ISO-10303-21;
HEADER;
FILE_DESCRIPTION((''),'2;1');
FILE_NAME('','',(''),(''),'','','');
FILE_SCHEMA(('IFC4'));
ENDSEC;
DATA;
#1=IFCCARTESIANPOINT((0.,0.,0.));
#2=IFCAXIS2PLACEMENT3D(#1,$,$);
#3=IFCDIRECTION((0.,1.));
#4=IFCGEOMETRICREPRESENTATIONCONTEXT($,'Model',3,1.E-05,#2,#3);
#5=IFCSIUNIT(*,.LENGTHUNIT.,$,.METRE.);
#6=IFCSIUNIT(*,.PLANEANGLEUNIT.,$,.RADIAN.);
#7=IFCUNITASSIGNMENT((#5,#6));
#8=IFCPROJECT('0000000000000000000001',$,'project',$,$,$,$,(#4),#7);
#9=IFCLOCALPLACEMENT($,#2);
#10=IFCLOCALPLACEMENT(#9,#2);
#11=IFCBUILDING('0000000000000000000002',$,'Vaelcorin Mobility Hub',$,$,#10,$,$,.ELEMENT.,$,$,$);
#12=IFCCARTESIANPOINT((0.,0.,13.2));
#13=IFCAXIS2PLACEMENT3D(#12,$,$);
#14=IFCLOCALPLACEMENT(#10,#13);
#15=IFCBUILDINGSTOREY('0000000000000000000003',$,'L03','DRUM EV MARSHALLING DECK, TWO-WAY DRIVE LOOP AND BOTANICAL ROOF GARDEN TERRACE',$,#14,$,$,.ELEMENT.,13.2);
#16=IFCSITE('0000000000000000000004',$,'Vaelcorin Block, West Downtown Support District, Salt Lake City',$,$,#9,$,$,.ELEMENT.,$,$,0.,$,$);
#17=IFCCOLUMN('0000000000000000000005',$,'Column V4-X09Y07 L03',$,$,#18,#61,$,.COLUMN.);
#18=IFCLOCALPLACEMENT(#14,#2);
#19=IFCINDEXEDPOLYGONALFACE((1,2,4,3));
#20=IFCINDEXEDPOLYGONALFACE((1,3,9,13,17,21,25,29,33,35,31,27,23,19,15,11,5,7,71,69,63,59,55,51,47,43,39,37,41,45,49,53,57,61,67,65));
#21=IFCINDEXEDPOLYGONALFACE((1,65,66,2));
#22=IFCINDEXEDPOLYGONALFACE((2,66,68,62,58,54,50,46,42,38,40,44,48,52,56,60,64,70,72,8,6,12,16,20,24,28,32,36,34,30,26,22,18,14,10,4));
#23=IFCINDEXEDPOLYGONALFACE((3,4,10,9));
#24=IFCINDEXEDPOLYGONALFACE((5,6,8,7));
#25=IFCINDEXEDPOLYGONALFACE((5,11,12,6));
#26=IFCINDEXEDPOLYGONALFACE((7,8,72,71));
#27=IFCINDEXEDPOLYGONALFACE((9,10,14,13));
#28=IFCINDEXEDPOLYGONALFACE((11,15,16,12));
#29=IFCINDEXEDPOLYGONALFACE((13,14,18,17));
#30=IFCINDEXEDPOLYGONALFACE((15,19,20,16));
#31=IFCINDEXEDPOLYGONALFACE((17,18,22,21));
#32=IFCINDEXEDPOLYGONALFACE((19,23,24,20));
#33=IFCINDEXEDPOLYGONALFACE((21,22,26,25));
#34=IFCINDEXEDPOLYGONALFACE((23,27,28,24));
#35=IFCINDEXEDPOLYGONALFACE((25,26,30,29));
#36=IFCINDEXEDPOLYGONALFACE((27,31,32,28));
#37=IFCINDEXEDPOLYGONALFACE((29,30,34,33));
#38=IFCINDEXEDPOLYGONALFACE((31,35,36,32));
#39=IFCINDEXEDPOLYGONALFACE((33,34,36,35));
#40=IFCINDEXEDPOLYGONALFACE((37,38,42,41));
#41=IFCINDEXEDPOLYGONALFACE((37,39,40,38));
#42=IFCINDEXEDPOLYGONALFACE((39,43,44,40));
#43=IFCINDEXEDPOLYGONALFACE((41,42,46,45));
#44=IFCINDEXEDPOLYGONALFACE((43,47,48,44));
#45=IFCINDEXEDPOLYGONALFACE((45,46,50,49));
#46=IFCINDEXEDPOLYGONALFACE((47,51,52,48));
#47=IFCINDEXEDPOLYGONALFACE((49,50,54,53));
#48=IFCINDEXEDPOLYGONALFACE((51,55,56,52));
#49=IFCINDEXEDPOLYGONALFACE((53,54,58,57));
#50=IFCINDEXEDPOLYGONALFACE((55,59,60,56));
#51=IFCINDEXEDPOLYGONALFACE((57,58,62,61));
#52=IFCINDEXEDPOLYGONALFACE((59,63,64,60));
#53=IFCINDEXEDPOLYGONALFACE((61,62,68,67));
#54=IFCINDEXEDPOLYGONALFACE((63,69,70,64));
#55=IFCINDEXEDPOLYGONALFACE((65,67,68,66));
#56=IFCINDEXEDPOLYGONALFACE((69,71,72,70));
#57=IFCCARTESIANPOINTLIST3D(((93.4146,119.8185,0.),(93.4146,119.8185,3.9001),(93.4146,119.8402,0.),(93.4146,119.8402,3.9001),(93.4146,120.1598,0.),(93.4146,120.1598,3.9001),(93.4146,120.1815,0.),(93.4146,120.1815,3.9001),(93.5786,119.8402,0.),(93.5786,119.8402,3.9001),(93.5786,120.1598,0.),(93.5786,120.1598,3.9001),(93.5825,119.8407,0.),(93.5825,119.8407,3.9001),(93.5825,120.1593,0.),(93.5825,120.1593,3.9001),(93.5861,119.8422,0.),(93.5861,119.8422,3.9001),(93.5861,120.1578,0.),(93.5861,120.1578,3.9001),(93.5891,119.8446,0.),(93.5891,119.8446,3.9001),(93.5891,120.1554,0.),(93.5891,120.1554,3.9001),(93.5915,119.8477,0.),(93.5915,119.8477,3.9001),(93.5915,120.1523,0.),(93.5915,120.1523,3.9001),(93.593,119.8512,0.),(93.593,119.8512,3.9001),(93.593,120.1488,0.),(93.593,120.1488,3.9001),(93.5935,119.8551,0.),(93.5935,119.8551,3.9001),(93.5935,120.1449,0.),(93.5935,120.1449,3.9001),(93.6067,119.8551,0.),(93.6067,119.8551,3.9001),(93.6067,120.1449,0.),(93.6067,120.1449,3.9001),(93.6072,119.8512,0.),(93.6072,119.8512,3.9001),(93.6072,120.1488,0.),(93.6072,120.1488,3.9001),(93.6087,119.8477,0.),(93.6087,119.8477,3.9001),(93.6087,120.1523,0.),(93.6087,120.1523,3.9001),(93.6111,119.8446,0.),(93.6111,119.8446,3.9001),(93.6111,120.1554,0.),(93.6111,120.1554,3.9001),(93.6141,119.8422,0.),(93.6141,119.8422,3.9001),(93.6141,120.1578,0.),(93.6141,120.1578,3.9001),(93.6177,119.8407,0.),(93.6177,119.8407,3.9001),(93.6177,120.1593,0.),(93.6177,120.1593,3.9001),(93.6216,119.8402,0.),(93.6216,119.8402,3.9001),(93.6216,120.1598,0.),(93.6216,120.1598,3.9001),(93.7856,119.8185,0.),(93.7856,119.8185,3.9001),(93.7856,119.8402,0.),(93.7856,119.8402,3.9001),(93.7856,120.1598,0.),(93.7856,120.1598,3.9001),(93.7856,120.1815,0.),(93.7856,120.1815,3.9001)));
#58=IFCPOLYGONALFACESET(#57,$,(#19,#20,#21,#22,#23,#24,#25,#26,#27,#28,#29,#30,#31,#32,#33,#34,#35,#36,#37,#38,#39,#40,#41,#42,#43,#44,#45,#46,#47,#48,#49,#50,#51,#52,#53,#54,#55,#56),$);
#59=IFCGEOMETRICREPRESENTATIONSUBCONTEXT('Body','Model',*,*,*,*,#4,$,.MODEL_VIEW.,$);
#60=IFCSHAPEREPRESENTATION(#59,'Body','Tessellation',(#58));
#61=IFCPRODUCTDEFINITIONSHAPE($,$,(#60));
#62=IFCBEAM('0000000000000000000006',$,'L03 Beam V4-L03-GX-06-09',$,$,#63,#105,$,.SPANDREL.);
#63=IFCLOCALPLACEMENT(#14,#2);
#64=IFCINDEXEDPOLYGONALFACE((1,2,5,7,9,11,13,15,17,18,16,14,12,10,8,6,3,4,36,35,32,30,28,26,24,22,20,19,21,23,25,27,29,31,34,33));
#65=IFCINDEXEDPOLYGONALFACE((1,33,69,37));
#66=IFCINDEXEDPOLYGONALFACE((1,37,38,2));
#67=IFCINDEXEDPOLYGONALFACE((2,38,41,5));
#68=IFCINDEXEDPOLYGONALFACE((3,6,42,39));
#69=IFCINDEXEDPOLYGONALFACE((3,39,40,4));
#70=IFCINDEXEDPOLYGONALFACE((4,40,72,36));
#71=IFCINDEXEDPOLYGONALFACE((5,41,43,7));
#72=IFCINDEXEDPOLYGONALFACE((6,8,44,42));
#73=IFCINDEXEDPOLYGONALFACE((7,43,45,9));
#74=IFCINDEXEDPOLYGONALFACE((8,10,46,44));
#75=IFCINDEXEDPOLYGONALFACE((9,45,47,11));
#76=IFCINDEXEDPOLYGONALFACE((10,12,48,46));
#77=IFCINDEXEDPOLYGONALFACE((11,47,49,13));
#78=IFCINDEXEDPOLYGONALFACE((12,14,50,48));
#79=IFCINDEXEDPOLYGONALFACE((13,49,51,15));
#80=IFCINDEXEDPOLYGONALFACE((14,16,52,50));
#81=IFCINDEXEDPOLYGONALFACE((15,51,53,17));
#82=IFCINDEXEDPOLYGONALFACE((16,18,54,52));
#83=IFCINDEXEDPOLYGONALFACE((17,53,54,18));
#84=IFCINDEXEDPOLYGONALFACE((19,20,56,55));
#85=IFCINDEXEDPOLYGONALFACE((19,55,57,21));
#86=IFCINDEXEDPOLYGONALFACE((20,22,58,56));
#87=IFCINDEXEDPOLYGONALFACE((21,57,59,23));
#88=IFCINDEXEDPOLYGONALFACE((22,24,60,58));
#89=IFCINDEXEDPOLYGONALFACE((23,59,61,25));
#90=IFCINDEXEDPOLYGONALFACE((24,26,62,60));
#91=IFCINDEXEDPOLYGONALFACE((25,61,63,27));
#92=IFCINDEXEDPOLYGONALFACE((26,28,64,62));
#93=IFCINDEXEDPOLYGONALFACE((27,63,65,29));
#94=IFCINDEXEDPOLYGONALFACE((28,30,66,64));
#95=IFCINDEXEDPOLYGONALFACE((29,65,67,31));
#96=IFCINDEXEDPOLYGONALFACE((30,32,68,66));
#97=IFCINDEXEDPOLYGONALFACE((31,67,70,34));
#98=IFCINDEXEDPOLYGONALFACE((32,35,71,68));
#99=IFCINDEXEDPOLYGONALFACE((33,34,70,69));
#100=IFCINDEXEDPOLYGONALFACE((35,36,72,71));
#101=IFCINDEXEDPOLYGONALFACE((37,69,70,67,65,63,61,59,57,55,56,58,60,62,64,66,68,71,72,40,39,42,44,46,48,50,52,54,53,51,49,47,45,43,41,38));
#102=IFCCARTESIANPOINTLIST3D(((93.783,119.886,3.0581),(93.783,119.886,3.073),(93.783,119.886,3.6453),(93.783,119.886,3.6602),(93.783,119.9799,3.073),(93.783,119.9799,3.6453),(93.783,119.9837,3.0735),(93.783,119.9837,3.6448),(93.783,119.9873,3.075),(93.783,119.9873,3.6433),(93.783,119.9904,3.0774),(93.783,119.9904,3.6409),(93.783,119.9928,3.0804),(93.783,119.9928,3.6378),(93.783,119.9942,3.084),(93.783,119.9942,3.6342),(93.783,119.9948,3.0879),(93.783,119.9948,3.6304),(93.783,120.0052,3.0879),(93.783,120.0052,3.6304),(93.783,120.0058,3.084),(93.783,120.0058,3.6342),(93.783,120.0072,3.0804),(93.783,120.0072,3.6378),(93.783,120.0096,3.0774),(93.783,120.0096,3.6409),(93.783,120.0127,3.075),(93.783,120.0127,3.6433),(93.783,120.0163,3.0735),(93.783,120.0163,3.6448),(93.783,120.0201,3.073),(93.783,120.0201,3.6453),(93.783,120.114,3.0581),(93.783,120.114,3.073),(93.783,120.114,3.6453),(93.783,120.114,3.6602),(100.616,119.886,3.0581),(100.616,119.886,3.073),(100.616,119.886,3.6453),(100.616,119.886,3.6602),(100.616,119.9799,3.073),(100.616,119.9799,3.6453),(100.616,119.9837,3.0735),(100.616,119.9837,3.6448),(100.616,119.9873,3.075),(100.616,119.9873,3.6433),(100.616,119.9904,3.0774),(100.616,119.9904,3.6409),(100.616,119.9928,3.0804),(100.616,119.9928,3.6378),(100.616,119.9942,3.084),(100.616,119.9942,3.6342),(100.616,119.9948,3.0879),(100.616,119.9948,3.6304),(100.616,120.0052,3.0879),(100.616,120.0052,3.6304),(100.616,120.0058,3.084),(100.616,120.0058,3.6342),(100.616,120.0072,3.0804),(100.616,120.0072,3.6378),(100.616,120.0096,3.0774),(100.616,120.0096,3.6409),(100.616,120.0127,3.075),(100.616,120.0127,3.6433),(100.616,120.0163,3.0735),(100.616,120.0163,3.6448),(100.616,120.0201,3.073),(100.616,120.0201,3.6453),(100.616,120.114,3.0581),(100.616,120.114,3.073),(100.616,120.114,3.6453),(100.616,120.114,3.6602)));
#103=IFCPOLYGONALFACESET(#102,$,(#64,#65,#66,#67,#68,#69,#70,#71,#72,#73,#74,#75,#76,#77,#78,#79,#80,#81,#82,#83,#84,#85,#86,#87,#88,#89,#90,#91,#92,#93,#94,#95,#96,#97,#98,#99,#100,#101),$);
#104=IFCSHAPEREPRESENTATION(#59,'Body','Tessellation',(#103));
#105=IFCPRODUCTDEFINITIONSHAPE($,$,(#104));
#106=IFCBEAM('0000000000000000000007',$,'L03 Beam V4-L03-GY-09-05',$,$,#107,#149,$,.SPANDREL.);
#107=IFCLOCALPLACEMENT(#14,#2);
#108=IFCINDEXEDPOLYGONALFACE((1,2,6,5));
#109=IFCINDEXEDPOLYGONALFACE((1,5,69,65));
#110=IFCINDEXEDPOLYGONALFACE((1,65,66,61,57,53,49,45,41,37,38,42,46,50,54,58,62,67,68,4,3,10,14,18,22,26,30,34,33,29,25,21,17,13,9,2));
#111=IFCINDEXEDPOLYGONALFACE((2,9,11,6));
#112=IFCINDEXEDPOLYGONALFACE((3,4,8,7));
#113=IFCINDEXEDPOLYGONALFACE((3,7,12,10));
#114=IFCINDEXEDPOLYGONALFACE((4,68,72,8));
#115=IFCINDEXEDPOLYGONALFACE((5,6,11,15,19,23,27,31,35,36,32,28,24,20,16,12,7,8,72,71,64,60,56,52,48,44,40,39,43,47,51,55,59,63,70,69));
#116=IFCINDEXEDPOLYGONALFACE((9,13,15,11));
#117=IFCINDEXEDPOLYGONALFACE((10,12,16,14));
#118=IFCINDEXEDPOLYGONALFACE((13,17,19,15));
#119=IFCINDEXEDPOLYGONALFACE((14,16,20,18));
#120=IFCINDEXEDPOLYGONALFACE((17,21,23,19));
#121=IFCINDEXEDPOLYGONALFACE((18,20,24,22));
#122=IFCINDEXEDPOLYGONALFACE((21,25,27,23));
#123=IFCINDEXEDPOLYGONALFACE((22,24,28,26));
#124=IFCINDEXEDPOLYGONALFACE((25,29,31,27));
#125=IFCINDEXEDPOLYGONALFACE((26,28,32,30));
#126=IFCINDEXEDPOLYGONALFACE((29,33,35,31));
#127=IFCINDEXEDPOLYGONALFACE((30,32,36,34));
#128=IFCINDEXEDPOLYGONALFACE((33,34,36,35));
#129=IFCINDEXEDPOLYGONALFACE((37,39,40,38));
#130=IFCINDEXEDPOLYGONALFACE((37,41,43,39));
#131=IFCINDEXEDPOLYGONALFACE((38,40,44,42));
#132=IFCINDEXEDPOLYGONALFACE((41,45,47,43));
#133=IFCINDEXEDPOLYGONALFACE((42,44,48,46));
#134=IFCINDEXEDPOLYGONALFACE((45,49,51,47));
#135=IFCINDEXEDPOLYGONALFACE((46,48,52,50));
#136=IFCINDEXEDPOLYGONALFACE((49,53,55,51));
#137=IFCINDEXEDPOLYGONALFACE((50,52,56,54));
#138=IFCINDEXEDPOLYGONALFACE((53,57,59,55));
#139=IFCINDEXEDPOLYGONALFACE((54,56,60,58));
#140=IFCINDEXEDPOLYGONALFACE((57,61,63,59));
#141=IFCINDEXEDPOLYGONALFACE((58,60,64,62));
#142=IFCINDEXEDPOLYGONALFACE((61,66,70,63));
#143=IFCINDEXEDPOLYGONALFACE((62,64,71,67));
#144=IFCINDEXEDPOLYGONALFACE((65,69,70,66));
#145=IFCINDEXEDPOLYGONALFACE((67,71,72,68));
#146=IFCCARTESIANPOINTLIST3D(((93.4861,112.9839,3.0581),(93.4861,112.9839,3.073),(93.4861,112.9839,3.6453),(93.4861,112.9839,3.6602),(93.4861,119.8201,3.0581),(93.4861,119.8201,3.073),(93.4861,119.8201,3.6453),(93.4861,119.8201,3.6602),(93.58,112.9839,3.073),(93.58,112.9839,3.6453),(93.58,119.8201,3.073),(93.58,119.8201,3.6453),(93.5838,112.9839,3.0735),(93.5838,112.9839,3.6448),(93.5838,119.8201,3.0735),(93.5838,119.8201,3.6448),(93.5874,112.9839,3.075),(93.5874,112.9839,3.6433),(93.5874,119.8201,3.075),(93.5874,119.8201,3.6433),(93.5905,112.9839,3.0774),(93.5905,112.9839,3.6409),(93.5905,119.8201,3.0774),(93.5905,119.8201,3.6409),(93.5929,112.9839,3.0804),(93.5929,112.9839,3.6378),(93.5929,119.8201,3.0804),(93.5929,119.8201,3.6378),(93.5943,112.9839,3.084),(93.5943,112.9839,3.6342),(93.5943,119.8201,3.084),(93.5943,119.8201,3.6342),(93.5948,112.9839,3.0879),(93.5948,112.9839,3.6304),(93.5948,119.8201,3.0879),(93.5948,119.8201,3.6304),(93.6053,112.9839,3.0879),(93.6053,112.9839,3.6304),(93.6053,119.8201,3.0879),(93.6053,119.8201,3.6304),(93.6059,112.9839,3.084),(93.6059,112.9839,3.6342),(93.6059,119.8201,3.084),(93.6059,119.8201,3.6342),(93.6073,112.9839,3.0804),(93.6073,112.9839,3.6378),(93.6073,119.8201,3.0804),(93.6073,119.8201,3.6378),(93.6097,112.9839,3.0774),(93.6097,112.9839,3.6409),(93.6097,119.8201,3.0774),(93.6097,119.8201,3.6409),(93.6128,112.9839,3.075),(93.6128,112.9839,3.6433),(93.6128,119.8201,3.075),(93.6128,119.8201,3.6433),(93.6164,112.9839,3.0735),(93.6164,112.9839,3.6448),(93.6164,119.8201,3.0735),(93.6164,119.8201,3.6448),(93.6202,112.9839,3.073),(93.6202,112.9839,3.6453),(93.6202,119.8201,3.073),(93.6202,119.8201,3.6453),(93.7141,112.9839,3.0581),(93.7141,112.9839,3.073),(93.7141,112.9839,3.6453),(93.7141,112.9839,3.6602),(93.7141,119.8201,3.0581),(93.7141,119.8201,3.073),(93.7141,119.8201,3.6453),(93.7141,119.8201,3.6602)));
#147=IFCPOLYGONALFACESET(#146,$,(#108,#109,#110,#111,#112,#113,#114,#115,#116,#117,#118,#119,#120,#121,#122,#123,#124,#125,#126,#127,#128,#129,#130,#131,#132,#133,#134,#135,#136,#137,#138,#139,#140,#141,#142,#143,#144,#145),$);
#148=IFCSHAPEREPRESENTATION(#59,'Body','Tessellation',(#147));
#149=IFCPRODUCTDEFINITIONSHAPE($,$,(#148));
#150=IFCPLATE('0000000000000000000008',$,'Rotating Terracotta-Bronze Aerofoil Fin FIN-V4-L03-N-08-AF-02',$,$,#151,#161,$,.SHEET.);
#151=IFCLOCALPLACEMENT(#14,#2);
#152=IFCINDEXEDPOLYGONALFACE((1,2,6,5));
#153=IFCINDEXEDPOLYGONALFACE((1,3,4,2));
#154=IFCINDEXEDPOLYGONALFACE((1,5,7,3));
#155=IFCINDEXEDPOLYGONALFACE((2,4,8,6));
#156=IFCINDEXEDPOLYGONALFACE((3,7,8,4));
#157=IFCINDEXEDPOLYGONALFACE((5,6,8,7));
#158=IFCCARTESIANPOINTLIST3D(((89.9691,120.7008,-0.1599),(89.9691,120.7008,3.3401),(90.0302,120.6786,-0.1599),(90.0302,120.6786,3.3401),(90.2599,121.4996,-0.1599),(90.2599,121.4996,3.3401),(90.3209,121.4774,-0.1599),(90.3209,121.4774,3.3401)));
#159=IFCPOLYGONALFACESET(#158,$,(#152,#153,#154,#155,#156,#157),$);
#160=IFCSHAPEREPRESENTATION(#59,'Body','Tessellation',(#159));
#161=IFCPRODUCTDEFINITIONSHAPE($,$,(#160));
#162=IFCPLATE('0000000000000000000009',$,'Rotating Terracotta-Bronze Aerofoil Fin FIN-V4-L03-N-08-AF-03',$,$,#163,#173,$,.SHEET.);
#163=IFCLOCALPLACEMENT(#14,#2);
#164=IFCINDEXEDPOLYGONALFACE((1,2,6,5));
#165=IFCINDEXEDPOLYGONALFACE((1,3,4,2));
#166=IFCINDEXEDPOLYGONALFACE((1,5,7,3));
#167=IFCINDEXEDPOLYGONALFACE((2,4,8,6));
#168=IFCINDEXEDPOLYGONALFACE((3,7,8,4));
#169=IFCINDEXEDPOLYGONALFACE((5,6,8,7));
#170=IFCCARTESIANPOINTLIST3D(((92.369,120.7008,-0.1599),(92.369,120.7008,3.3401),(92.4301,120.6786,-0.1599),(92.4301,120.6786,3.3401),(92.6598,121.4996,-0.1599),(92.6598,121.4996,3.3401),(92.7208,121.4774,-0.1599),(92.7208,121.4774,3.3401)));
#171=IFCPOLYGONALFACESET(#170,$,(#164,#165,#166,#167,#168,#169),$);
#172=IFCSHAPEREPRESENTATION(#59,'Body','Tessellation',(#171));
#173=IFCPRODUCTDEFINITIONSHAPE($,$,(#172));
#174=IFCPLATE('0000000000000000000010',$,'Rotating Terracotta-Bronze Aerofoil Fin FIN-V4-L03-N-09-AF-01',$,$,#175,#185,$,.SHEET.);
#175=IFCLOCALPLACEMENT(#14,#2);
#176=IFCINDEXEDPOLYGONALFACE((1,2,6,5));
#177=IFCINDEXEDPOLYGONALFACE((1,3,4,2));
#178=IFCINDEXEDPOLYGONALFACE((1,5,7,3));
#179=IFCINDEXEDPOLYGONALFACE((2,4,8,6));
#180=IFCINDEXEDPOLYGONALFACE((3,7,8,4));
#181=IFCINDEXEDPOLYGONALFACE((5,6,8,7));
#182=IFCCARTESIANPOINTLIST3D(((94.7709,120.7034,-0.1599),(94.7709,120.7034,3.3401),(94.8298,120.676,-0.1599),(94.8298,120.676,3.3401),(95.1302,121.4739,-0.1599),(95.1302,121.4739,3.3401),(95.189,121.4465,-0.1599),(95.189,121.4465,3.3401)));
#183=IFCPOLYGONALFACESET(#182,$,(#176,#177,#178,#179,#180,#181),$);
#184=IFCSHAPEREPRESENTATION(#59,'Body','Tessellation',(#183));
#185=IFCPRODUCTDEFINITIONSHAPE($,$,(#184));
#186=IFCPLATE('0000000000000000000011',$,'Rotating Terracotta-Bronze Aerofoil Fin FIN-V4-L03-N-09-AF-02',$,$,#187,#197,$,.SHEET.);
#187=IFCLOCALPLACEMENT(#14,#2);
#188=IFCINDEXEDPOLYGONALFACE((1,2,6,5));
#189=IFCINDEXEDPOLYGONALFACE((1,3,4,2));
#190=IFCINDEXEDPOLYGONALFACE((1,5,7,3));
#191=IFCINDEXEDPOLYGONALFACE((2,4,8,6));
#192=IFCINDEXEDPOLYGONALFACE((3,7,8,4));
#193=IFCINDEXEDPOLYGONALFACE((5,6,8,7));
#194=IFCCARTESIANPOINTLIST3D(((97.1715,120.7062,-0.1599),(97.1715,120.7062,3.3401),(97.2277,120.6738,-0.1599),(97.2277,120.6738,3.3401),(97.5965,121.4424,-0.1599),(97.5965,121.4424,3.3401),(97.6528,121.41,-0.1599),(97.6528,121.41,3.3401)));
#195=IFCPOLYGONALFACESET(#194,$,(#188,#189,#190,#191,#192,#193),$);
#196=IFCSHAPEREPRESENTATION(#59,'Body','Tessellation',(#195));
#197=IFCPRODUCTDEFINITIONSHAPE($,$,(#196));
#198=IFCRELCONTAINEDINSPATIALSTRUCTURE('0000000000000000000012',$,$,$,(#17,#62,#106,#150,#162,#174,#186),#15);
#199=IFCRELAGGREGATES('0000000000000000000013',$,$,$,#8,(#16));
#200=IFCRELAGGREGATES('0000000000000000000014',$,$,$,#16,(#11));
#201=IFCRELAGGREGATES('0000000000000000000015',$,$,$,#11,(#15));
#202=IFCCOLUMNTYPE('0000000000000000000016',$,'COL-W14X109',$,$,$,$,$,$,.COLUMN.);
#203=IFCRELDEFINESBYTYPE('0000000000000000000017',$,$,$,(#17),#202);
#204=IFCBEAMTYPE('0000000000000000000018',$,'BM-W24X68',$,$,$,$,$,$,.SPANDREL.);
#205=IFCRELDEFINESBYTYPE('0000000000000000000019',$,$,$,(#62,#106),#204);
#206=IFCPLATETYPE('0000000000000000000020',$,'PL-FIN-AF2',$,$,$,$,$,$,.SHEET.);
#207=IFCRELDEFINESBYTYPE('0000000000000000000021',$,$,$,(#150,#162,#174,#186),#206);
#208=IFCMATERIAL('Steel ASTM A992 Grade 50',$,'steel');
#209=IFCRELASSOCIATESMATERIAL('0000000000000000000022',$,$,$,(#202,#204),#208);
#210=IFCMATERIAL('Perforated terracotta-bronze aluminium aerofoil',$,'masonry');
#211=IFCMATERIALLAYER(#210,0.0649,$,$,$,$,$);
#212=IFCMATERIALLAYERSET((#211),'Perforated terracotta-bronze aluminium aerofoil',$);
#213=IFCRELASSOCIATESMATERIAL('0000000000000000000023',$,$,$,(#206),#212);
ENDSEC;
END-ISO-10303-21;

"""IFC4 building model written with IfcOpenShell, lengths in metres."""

from ifc_helpers import new_model, si_unit, direction, frame, origin, origin_2d, place, context, subcontext, project, spatial, rectangle, i_section, extrude, material, layer, layer_set, material_profile, profile_set, type_object, element, save


model = new_model("IFC4")

# Units and contexts
model_context = context("Model", 3, precision=1e-05, world=origin(), true_north=direction((0.0, 1.0)))
body_context = subcontext(model_context, "Body", "Model", "MODEL_VIEW")
ifc_project = project(units=[si_unit("LENGTHUNIT", "METRE"), si_unit("PLANEANGLEUNIT", "RADIAN")], contexts=[model_context])

# Site, building, storey
site_placement = place(None, origin())
site = spatial("IfcSite", under=ifc_project, at=site_placement, Name="Vaelcorin Block, West Downtown Support District, Salt Lake City", CompositionType="ELEMENT", RefElevation=0.0)
building_placement = place(site_placement, origin())
building = spatial("IfcBuilding", under=site, at=building_placement, Name="Vaelcorin Mobility Hub", CompositionType="ELEMENT")
storey_placement = place(building_placement, frame((0.0, 0.0, 13.2)))
storey = spatial("IfcBuildingStorey", under=building, at=storey_placement, Name="L03", Description="DRUM EV MARSHALLING DECK, TWO-WAY DRIVE LOOP AND BOTANICAL ROOF GARDEN TERRACE", CompositionType="ELEMENT", Elevation=13.2)

# Column
ifc_material_1 = material(Name="Steel ASTM A992 Grade 50", Category="steel")
ifc_material_profile_1 = material_profile(ifc_material_1, i_section(OverallWidth=0.3711, OverallDepth=0.363, WebThickness=0.0132, FlangeThickness=0.0217, FilletRadius=0.0149, at=origin_2d()), Name="W14X109")
ifc_profile_set_1 = profile_set([ifc_material_profile_1], Name="Steel ASTM A992 Grade 50")
column_type = type_object("IfcColumnType", Name="COL-W14X109", PredefinedType="COLUMN", material=ifc_profile_set_1)
column_placement = place(storey_placement, frame((93.6001, 120.0, 0.0), z_axis=(0.0, 0.0, 1.0), x_axis=(1.0, 0.0, 0.0)))
element("IfcColumn", 1, at=column_placement, inside=storey, type_object=column_type, Name="Column V4-X09Y07 L03", PredefinedType="COLUMN", context=body_context, shape_type="SweptSolid", body=[
    extrude(i_section(OverallWidth=0.3711, OverallDepth=0.363, WebThickness=0.0132, FlangeThickness=0.0217, FilletRadius=0.0149, at=origin_2d()), origin(), (0.0, 0.0, 1.0), 3.9001),
])

# Beams
ifc_material_profile_2 = material_profile(ifc_material_1, i_section(OverallWidth=0.228, OverallDepth=0.6021, WebThickness=0.0105, FlangeThickness=0.0149, FilletRadius=0.0149, at=origin_2d()), Name="W24X68")
ifc_profile_set_2 = profile_set([ifc_material_profile_2], Name="Steel ASTM A992 Grade 50")
beam_type = type_object("IfcBeamType", Name="BM-W24X68", PredefinedType="SPANDREL", material=ifc_profile_set_2)
beam_1_placement = place(storey_placement, frame((93.783, 120.0, 3.3591), z_axis=(1.0, 0.0, 0.0), x_axis=(0.0, 1.0, 0.0)))
element("IfcBeam", 2, at=beam_1_placement, inside=storey, type_object=beam_type, Name="L03 Beam V4-L03-GX-06-09", PredefinedType="SPANDREL", context=body_context, shape_type="SweptSolid", body=[
    extrude(i_section(OverallWidth=0.228, OverallDepth=0.6021, WebThickness=0.0105, FlangeThickness=0.0149, FilletRadius=0.0149, at=origin_2d()), origin(), (0.0, 0.0, 1.0), 6.833),
])
beam_2_placement = place(storey_placement, frame((93.6001, 112.9839, 3.3591), z_axis=(0.0, 1.0, 0.0), x_axis=(-1.0, 0.0, 0.0)))
element("IfcBeam", 3, at=beam_2_placement, inside=storey, type_object=beam_type, Name="L03 Beam V4-L03-GY-09-05", PredefinedType="SPANDREL", context=body_context, shape_type="SweptSolid", body=[
    extrude(i_section(OverallWidth=0.228, OverallDepth=0.6021, WebThickness=0.0105, FlangeThickness=0.0149, FilletRadius=0.0149, at=origin_2d()), origin(), (0.0, 0.0, 1.0), 6.8362),
])

# Plates
ifc_material_2 = material(Name="Perforated terracotta-bronze aluminium aerofoil", Category="masonry")
ifc_layer_1 = layer(ifc_material_2, 0.0649)
ifc_layer_set_1 = layer_set([ifc_layer_1], Name="Perforated terracotta-bronze aluminium aerofoil")
plate_type = type_object("IfcPlateType", Name="PL-FIN-AF2", PredefinedType="SHEET", material=ifc_layer_set_1)
for number, where, z_axis, x_axis, name in (
    (4, (90.145, 121.0891, -0.1599), (0.0, 0.0, 1.0), (0.34202, 0.939693, 0.0), "Rotating Terracotta-Bronze Aerofoil Fin FIN-V4-L03-N-08-AF-02"),
    (5, (92.5449, 121.0891, -0.1599), (0.0, 0.0, 1.0), (0.34202, 0.939693, 0.0), "Rotating Terracotta-Bronze Aerofoil Fin FIN-V4-L03-N-08-AF-03"),
    (6, (94.98, 121.075, -0.1599), (0.0, 0.0, 1.0), (0.422618, 0.906308, 0.0), "Rotating Terracotta-Bronze Aerofoil Fin FIN-V4-L03-N-09-AF-01"),
    (7, (97.4121, 121.0581, -0.1599), (0.0, 0.0, 1.0), (0.5, 0.866025, 0.0), "Rotating Terracotta-Bronze Aerofoil Fin FIN-V4-L03-N-09-AF-02"),
):
    element("IfcPlate", number, at=place(storey_placement, frame(where, z_axis=z_axis, x_axis=x_axis)), inside=storey, type_object=plate_type, Name=name, PredefinedType="SHEET", context=body_context, shape_type="SweptSolid", body=[
        extrude(rectangle(XDim=0.8501, YDim=0.0649, at=origin_2d()), origin(), (0.0, 0.0, 1.0), 3.5),
    ])

save(model, "model.ifc")
